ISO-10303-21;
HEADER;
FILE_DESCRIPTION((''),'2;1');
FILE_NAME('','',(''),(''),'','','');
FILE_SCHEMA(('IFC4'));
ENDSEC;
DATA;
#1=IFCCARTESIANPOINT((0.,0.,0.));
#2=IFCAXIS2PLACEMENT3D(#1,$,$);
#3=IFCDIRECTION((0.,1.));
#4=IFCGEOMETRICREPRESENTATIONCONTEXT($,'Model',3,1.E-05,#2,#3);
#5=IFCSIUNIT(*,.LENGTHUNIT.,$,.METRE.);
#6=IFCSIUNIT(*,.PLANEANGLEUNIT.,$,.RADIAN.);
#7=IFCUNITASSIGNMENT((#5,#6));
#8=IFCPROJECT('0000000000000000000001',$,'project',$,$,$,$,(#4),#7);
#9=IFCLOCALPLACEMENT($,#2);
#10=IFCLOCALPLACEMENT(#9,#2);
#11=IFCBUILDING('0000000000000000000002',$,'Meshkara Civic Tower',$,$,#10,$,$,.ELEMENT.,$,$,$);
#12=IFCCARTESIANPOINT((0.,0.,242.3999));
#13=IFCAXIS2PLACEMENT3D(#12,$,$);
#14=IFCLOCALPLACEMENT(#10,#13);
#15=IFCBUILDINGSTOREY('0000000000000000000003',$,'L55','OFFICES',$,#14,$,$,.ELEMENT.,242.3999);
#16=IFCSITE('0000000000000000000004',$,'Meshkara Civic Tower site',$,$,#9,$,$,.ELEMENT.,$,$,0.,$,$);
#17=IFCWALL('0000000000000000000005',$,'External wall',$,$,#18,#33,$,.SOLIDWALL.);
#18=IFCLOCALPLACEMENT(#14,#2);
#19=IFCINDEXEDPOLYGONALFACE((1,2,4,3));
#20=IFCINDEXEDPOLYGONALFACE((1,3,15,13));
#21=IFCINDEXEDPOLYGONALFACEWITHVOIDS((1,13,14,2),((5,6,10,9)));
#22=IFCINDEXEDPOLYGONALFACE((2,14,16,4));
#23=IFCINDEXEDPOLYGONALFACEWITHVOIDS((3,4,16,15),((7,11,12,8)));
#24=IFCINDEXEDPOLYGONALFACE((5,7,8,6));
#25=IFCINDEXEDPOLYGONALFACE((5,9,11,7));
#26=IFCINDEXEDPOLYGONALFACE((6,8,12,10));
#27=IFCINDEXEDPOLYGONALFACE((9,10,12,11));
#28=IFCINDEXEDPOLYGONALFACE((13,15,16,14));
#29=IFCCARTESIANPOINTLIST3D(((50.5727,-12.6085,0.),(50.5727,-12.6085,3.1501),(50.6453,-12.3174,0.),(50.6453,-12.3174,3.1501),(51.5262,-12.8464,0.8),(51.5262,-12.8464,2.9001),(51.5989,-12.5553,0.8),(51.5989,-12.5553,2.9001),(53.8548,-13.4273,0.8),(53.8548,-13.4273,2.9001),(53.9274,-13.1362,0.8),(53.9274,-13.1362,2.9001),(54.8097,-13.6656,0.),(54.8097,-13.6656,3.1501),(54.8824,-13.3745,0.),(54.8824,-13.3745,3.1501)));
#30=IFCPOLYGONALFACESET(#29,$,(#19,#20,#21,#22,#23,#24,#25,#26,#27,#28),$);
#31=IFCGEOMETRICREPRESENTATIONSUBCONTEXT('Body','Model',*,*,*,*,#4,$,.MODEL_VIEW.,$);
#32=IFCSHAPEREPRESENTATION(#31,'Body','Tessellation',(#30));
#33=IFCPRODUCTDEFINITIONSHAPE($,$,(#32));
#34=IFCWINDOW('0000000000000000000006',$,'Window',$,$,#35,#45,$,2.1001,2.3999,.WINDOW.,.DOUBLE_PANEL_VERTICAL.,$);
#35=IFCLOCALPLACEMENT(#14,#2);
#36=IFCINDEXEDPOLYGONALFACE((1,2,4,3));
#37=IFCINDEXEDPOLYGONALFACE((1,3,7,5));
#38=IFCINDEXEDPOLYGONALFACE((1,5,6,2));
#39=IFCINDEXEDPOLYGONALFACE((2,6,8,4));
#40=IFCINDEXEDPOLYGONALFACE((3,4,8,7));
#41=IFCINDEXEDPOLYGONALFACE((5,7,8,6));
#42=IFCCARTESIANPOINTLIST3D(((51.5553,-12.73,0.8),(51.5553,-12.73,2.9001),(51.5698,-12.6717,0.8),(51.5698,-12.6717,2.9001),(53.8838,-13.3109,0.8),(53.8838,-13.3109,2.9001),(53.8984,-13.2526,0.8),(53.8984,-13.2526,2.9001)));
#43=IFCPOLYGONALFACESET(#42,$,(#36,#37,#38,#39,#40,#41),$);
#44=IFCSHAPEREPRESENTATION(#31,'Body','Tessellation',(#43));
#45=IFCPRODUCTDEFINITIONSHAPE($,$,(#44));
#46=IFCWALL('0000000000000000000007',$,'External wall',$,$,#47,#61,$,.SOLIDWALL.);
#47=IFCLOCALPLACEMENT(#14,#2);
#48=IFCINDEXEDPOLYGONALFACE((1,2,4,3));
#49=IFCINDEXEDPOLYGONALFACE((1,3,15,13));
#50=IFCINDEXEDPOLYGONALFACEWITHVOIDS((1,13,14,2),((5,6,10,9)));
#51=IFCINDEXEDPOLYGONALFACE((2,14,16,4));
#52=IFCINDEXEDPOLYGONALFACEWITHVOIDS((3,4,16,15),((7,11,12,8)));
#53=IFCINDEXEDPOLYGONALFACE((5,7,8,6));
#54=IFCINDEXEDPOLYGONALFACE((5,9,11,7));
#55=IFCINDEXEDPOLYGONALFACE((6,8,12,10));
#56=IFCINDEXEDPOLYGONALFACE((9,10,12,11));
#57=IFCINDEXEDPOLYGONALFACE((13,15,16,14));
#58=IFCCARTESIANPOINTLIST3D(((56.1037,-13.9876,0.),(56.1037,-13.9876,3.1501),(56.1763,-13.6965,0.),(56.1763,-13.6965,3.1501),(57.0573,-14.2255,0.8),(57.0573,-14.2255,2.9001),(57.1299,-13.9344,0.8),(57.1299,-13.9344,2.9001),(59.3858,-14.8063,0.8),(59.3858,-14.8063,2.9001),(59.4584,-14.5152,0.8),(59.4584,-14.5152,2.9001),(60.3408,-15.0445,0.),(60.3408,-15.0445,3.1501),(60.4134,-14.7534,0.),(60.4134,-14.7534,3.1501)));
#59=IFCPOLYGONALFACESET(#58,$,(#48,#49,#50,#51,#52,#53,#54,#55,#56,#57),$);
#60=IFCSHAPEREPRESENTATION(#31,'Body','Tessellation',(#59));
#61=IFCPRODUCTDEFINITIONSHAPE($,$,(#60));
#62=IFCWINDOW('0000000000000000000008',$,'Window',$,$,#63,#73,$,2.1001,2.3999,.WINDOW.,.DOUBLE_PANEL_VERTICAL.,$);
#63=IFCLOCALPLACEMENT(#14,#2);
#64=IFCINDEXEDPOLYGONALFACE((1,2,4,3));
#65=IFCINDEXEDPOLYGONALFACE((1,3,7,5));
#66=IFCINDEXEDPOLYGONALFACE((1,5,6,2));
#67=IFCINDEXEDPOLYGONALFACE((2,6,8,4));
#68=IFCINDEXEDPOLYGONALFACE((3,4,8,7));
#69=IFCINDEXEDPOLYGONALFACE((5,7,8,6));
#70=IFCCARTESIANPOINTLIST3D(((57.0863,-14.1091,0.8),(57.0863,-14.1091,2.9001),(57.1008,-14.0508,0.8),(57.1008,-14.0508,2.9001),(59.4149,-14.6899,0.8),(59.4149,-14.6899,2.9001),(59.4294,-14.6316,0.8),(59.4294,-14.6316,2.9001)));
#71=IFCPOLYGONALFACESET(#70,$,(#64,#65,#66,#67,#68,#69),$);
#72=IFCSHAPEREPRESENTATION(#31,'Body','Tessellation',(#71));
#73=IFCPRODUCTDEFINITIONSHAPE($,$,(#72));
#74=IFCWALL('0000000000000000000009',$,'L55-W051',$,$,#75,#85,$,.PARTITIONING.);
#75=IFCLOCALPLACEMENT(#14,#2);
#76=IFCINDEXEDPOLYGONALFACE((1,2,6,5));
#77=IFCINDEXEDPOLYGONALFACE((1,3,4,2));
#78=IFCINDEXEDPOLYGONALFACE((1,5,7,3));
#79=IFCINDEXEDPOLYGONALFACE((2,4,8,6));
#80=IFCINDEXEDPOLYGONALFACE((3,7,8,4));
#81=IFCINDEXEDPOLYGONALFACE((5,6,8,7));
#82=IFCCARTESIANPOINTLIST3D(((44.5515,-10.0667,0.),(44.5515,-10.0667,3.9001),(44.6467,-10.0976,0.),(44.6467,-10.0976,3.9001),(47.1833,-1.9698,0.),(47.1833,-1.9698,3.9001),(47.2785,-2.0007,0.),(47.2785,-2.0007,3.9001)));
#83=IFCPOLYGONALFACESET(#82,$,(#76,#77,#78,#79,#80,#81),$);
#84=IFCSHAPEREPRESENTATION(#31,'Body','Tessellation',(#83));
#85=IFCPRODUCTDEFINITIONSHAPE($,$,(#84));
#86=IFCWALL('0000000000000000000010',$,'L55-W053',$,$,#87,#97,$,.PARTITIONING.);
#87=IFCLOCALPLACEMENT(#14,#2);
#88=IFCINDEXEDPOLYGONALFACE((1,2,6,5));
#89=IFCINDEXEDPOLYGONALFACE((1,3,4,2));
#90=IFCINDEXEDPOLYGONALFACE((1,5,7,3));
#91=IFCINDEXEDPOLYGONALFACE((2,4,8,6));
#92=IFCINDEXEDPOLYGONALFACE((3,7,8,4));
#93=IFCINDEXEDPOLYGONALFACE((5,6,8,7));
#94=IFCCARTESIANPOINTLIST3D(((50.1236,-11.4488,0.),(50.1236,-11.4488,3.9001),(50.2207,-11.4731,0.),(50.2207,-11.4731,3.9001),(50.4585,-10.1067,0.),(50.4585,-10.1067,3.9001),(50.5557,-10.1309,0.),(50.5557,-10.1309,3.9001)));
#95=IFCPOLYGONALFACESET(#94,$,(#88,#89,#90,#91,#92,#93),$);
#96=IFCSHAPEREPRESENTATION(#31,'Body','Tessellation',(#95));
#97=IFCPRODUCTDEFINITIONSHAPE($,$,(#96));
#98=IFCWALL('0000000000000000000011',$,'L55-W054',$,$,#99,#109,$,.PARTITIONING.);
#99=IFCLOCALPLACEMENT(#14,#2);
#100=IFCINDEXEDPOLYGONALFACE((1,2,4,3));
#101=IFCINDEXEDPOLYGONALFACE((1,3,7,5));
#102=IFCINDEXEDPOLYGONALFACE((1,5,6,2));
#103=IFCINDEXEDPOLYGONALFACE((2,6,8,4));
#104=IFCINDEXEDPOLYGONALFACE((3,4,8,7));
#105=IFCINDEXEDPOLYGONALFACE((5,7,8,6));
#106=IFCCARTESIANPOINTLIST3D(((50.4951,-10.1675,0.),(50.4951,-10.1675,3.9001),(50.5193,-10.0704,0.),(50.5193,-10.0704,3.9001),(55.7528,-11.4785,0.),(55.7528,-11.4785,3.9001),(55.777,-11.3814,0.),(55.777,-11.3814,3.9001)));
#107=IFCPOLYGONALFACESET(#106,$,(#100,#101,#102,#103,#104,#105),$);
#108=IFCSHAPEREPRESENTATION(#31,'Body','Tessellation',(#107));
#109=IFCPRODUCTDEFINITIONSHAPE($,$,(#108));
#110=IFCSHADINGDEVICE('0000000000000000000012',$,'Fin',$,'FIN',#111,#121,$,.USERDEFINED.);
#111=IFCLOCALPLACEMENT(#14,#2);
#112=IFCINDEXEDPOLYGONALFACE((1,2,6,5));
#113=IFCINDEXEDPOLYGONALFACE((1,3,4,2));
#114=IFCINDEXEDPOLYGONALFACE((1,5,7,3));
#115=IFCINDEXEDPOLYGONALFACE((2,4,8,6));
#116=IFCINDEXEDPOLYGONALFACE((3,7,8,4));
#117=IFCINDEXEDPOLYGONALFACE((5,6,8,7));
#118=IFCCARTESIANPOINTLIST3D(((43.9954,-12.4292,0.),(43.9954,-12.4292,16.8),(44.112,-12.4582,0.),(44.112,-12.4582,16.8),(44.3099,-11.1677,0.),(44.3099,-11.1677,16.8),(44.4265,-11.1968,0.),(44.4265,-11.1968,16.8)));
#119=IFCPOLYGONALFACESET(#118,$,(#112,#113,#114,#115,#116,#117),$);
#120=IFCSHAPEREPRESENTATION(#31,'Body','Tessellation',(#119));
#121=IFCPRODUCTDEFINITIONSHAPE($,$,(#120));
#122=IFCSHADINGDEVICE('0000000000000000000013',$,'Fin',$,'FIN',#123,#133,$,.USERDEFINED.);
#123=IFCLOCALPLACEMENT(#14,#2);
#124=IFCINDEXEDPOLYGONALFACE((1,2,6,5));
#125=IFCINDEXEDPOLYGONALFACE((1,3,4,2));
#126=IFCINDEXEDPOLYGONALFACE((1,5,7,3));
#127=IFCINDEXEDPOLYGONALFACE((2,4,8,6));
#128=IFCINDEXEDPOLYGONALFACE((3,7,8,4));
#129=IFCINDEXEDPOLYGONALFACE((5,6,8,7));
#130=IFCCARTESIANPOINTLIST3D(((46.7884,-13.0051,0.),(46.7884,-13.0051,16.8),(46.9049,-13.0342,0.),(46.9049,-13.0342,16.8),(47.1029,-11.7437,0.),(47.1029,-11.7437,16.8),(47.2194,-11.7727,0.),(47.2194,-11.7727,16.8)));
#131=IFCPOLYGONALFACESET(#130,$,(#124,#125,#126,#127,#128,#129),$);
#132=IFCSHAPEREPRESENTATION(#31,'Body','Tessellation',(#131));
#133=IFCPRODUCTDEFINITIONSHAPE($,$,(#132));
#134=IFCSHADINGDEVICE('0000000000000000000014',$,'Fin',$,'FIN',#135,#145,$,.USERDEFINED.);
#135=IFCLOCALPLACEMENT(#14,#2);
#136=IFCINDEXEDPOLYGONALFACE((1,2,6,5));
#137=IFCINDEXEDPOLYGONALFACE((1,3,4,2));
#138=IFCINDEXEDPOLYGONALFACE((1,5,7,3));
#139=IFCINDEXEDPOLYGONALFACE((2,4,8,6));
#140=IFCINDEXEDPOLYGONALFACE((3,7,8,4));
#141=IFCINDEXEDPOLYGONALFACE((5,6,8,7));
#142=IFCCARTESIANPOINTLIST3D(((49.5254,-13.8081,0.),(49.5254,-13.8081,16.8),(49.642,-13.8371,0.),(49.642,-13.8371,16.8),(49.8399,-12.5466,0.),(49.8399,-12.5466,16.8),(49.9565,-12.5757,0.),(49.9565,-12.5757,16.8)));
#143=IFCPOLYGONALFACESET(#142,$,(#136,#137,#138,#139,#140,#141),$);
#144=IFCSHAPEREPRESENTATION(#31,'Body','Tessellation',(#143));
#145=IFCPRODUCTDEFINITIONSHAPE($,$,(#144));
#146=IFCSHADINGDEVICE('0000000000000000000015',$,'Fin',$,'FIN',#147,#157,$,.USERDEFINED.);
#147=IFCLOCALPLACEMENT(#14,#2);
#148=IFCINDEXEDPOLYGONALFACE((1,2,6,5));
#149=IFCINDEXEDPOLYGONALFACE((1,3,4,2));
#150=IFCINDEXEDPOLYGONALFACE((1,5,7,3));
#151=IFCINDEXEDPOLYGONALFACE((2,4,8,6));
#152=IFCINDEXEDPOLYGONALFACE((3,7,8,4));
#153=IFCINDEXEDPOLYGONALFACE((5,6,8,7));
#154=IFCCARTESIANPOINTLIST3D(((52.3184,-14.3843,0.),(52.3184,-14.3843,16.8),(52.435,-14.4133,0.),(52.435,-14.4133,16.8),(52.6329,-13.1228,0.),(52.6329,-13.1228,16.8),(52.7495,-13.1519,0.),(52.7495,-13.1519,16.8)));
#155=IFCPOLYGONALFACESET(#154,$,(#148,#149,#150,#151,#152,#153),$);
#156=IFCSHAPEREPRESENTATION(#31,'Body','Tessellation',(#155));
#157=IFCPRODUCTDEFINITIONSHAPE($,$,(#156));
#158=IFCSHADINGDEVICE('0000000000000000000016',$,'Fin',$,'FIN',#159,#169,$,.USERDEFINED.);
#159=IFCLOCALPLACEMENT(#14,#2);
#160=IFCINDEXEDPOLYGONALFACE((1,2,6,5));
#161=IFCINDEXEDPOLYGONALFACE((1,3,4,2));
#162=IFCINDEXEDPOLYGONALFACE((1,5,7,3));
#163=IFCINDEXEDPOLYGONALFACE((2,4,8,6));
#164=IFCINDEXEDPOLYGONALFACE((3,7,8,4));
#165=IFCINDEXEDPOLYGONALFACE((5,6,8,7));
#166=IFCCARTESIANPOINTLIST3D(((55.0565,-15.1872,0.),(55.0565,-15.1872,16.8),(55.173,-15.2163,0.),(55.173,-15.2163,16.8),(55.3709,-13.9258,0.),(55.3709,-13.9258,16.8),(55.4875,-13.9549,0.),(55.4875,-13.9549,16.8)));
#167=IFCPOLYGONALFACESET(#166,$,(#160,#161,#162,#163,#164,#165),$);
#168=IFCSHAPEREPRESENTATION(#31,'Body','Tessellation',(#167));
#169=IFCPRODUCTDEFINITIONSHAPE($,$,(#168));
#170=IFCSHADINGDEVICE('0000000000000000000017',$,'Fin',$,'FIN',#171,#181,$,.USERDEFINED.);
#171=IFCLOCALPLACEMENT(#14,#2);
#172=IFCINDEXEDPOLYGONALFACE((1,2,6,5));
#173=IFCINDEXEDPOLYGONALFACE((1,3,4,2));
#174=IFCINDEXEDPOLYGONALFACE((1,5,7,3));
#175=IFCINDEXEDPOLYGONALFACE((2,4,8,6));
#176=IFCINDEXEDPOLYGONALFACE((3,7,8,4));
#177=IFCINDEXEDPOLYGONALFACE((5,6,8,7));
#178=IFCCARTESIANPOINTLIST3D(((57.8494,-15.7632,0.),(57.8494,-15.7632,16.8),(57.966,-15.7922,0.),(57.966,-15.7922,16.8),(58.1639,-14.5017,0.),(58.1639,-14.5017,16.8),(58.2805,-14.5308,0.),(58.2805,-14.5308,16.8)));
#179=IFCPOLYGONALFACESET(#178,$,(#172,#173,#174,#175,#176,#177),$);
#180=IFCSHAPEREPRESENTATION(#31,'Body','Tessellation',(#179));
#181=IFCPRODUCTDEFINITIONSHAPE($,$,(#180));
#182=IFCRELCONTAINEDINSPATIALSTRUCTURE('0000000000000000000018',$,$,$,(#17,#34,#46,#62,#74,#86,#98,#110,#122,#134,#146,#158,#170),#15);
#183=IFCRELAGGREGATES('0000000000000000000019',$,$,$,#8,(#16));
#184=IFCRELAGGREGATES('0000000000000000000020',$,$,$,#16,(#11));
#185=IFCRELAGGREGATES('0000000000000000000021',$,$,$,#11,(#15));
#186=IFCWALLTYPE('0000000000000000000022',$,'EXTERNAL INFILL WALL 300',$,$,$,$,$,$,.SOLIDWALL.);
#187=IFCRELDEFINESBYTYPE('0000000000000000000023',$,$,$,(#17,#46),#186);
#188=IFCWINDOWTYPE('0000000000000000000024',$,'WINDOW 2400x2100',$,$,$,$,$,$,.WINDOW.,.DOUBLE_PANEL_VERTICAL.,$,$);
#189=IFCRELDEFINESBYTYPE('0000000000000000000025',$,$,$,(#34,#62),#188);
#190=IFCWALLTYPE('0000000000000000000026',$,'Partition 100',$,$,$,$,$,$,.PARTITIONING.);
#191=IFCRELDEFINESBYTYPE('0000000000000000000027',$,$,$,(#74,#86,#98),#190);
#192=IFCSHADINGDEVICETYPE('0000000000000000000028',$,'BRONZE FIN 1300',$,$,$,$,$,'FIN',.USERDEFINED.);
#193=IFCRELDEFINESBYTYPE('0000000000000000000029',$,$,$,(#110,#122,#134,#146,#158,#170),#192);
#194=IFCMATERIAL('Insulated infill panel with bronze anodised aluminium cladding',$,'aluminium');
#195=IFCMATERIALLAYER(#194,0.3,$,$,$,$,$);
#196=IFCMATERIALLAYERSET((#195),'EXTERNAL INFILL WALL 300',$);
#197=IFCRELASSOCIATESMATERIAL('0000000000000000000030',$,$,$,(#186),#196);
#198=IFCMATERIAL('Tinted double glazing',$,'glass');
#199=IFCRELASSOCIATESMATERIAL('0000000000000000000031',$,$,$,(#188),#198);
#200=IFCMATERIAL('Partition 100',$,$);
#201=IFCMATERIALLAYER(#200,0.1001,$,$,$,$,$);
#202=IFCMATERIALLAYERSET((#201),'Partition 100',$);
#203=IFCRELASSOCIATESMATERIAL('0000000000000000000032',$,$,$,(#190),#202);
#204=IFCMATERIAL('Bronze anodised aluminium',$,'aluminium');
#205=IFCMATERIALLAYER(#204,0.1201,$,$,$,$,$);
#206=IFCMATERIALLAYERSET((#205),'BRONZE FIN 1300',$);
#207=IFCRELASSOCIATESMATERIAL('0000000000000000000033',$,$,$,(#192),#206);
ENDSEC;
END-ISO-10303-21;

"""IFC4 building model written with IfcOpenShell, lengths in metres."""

from ifc_helpers import new_model, si_unit, direction, frame, frame_2d, origin, origin_2d, place, context, subcontext, project, spatial, rectangle, extrude, material, layer, layer_set, type_object, element, fill, save


model = new_model("IFC4")

# Units and contexts
model_context = context("Model", 3, precision=1e-05, world=origin(), true_north=direction((0.0, 1.0)))
body_context = subcontext(model_context, "Body", "Model", "MODEL_VIEW")
ifc_project = project(units=[si_unit("LENGTHUNIT", "METRE"), si_unit("PLANEANGLEUNIT", "RADIAN")], contexts=[model_context])

# Site, building, storey
site_placement = place(None, origin())
site = spatial("IfcSite", under=ifc_project, at=site_placement, Name="Meshkara Civic Tower site", CompositionType="ELEMENT", RefElevation=0.0)
building_placement = place(site_placement, origin())
building = spatial("IfcBuilding", under=site, at=building_placement, Name="Meshkara Civic Tower", CompositionType="ELEMENT")
storey_placement = place(building_placement, frame((0.0, 0.0, 242.3999)))
storey = spatial("IfcBuildingStorey", under=building, at=storey_placement, Name="L55", Description="OFFICES", CompositionType="ELEMENT", Elevation=242.3999)

# Walls, openings, windows
ifc_material_1 = material(Name="Insulated infill panel with bronze anodised aluminium cladding", Category="aluminium")
ifc_layer_1 = layer(ifc_material_1, 0.3)
ifc_layer_set_1 = layer_set([ifc_layer_1], Name="EXTERNAL INFILL WALL 300")
wall_type_1 = type_object("IfcWallType", Name="EXTERNAL INFILL WALL 300", PredefinedType="SOLIDWALL", material=ifc_layer_set_1)
ifc_material_2 = material(Name="Tinted double glazing", Category="glass")
window_type = type_object("IfcWindowType", Name="WINDOW 2400x2100", PartitioningType="DOUBLE_PANEL_VERTICAL", PredefinedType="WINDOW", material=ifc_material_2)
wall_1_placement = place(storey_placement, frame((50.6089, -12.4629, 0.0), z_axis=(0.0, 0.0, 1.0), x_axis=(0.970257, -0.242075, 0.0)))
wall_1 = element("IfcWall", 1, at=wall_1_placement, inside=storey, type_object=wall_type_1, Name="External wall", PredefinedType="SOLIDWALL", context=body_context, shape_type="SweptSolid", body=[
    extrude(rectangle(XDim=4.3669, YDim=0.3, at=frame_2d((2.1836, 0.0))), origin(), (0.0, 0.0, 1.0), 3.1501),
])
opening_1_placement = place(wall_1_placement, frame((0.9829, 0.0, 0.8)))
opening_1 = element("IfcOpeningElement", 2, at=opening_1_placement, cuts=wall_1, PredefinedType="OPENING", context=body_context, shape_type="SweptSolid", body=[
    extrude(rectangle(XDim=2.3999, YDim=2.1001, at=frame_2d((1.2, 1.05))), frame((0.0, 0.1599, 0.0), z_axis=(0.0, -1.0, 0.0), x_axis=(1.0, 0.0, 0.0)), (0.0, 0.0, 1.0), 0.3201),
])
window_1_placement = place(opening_1_placement, origin())
window_1 = element("IfcWindow", 3, at=window_1_placement, inside=storey, type_object=window_type, Name="Window", OverallHeight=2.1001, OverallWidth=2.3999, PartitioningType="DOUBLE_PANEL_VERTICAL", PredefinedType="WINDOW", context=body_context, shape_type="SweptSolid", body=[
    extrude(rectangle(XDim=2.3999, YDim=2.1001, at=frame_2d((1.2, 1.05))), frame((0.0, 0.03, 0.0), z_axis=(0.0, -1.0, 0.0), x_axis=(1.0, 0.0, 0.0)), (0.0, 0.0, 1.0), 0.0601),
])
fill(opening_1, window_1)
wall_2_placement = place(storey_placement, frame((56.1399, -13.842, 0.0), z_axis=(0.0, 0.0, 1.0), x_axis=(0.970271, -0.242023, 0.0)))
wall_2 = element("IfcWall", 4, at=wall_2_placement, inside=storey, type_object=wall_type_1, Name="External wall", PredefinedType="SOLIDWALL", context=body_context, shape_type="SweptSolid", body=[
    extrude(rectangle(XDim=4.3669, YDim=0.3, at=frame_2d((2.1836, 0.0))), origin(), (0.0, 0.0, 1.0), 3.1501),
])
opening_2_placement = place(wall_2_placement, frame((0.9829, 0.0, 0.8)))
opening_2 = element("IfcOpeningElement", 5, at=opening_2_placement, cuts=wall_2, PredefinedType="OPENING", context=body_context, shape_type="SweptSolid", body=[
    extrude(rectangle(XDim=2.3999, YDim=2.1001, at=frame_2d((1.2, 1.05))), frame((0.0, 0.1599, 0.0), z_axis=(0.0, -1.0, 0.0), x_axis=(1.0, 0.0, 0.0)), (0.0, 0.0, 1.0), 0.3201),
])
window_2_placement = place(opening_2_placement, origin())
window_2 = element("IfcWindow", 6, at=window_2_placement, inside=storey, type_object=window_type, Name="Window", OverallHeight=2.1001, OverallWidth=2.3999, PartitioningType="DOUBLE_PANEL_VERTICAL", PredefinedType="WINDOW", context=body_context, shape_type="SweptSolid", body=[
    extrude(rectangle(XDim=2.3999, YDim=2.1001, at=frame_2d((1.2, 1.05))), frame((0.0, 0.03, 0.0), z_axis=(0.0, -1.0, 0.0), x_axis=(1.0, 0.0, 0.0)), (0.0, 0.0, 1.0), 0.0601),
])
fill(opening_2, window_2)

# Walls
ifc_material_3 = material(Name="Partition 100")
ifc_layer_2 = layer(ifc_material_3, 0.1001)
ifc_layer_set_2 = layer_set([ifc_layer_2], Name="Partition 100")
wall_type_2 = type_object("IfcWallType", Name="Partition 100", PredefinedType="PARTITIONING", material=ifc_layer_set_2)
wall_3_placement = place(storey_placement, frame((44.5991, -10.082, 0.0), z_axis=(0.0, 0.0, 1.0), x_axis=(0.309122, 0.951022, 0.0)))
element("IfcWall", 7, at=wall_3_placement, inside=storey, type_object=wall_type_2, Name="L55-W051", PredefinedType="PARTITIONING", context=body_context, shape_type="SweptSolid", body=[
    extrude(rectangle(XDim=8.5139, YDim=0.1001, at=frame_2d((4.2568, 0.0))), origin(), (0.0, 0.0, 1.0), 3.9001),
])
wall_4_placement = place(storey_placement, frame((50.1721, -11.4609, 0.0), z_axis=(0.0, 0.0, 1.0), x_axis=(0.242162, 0.970236, 0.0)))
element("IfcWall", 8, at=wall_4_placement, inside=storey, type_object=wall_type_2, Name="L55-W053", PredefinedType="PARTITIONING", context=body_context, shape_type="SweptSolid", body=[
    extrude(rectangle(XDim=1.3833, YDim=0.1001, at=frame_2d((0.6917, 0.0))), origin(), (0.0, 0.0, 1.0), 3.9001),
])
wall_5_placement = place(storey_placement, frame((50.5071, -10.1189, 0.0), z_axis=(0.0, 0.0, 1.0), x_axis=(0.970291, -0.241942, 0.0)))
element("IfcWall", 9, at=wall_5_placement, inside=storey, type_object=wall_type_2, Name="L55-W054", PredefinedType="PARTITIONING", context=body_context, shape_type="SweptSolid", body=[
    extrude(rectangle(XDim=5.4187, YDim=0.1001, at=frame_2d((2.7095, 0.0))), origin(), (0.0, 0.0, 1.0), 3.9001),
])

# Shading devices
ifc_material_4 = material(Name="Bronze anodised aluminium", Category="aluminium")
ifc_layer_3 = layer(ifc_material_4, 0.1201)
ifc_layer_set_3 = layer_set([ifc_layer_3], Name="BRONZE FIN 1300")
shading_device_type = type_object("IfcShadingDeviceType", Name="BRONZE FIN 1300", ElementType="FIN", PredefinedType="USERDEFINED", material=ifc_layer_set_3)
for number, where, z_axis, x_axis, name in (
    (10, (44.2109, -11.813, 0.0), (0.0, 0.0, 1.0), (0.9703, -0.241905, 0.0), "Fin"),
    (11, (47.0039, -12.3889, 0.0), (0.0, 0.0, 1.0), (0.9703, -0.241905, 0.0), "Fin"),
    (12, (49.741, -13.1919, 0.0), (0.0, 0.0, 1.0), (0.9703, -0.241905, 0.0), "Fin"),
    (13, (52.5339, -13.7681, 0.0), (0.0, 0.0, 1.0), (0.9703, -0.241905, 0.0), "Fin"),
    (14, (55.272, -14.571, 0.0), (0.0, 0.0, 1.0), (0.9703, -0.241905, 0.0), "Fin"),
    (15, (58.0649, -15.147, 0.0), (0.0, 0.0, 1.0), (0.9703, -0.241905, 0.0), "Fin"),
):
    element("IfcShadingDevice", number, at=place(storey_placement, frame(where, z_axis=z_axis, x_axis=x_axis)), inside=storey, type_object=shading_device_type, Name=name, ObjectType="FIN", PredefinedType="USERDEFINED", context=body_context, shape_type="SweptSolid", body=[
        extrude(rectangle(XDim=0.1201, YDim=1.3, at=origin_2d()), origin(), (0.0, 0.0, 1.0), 16.8),
    ])

save(model, "model.ifc")
